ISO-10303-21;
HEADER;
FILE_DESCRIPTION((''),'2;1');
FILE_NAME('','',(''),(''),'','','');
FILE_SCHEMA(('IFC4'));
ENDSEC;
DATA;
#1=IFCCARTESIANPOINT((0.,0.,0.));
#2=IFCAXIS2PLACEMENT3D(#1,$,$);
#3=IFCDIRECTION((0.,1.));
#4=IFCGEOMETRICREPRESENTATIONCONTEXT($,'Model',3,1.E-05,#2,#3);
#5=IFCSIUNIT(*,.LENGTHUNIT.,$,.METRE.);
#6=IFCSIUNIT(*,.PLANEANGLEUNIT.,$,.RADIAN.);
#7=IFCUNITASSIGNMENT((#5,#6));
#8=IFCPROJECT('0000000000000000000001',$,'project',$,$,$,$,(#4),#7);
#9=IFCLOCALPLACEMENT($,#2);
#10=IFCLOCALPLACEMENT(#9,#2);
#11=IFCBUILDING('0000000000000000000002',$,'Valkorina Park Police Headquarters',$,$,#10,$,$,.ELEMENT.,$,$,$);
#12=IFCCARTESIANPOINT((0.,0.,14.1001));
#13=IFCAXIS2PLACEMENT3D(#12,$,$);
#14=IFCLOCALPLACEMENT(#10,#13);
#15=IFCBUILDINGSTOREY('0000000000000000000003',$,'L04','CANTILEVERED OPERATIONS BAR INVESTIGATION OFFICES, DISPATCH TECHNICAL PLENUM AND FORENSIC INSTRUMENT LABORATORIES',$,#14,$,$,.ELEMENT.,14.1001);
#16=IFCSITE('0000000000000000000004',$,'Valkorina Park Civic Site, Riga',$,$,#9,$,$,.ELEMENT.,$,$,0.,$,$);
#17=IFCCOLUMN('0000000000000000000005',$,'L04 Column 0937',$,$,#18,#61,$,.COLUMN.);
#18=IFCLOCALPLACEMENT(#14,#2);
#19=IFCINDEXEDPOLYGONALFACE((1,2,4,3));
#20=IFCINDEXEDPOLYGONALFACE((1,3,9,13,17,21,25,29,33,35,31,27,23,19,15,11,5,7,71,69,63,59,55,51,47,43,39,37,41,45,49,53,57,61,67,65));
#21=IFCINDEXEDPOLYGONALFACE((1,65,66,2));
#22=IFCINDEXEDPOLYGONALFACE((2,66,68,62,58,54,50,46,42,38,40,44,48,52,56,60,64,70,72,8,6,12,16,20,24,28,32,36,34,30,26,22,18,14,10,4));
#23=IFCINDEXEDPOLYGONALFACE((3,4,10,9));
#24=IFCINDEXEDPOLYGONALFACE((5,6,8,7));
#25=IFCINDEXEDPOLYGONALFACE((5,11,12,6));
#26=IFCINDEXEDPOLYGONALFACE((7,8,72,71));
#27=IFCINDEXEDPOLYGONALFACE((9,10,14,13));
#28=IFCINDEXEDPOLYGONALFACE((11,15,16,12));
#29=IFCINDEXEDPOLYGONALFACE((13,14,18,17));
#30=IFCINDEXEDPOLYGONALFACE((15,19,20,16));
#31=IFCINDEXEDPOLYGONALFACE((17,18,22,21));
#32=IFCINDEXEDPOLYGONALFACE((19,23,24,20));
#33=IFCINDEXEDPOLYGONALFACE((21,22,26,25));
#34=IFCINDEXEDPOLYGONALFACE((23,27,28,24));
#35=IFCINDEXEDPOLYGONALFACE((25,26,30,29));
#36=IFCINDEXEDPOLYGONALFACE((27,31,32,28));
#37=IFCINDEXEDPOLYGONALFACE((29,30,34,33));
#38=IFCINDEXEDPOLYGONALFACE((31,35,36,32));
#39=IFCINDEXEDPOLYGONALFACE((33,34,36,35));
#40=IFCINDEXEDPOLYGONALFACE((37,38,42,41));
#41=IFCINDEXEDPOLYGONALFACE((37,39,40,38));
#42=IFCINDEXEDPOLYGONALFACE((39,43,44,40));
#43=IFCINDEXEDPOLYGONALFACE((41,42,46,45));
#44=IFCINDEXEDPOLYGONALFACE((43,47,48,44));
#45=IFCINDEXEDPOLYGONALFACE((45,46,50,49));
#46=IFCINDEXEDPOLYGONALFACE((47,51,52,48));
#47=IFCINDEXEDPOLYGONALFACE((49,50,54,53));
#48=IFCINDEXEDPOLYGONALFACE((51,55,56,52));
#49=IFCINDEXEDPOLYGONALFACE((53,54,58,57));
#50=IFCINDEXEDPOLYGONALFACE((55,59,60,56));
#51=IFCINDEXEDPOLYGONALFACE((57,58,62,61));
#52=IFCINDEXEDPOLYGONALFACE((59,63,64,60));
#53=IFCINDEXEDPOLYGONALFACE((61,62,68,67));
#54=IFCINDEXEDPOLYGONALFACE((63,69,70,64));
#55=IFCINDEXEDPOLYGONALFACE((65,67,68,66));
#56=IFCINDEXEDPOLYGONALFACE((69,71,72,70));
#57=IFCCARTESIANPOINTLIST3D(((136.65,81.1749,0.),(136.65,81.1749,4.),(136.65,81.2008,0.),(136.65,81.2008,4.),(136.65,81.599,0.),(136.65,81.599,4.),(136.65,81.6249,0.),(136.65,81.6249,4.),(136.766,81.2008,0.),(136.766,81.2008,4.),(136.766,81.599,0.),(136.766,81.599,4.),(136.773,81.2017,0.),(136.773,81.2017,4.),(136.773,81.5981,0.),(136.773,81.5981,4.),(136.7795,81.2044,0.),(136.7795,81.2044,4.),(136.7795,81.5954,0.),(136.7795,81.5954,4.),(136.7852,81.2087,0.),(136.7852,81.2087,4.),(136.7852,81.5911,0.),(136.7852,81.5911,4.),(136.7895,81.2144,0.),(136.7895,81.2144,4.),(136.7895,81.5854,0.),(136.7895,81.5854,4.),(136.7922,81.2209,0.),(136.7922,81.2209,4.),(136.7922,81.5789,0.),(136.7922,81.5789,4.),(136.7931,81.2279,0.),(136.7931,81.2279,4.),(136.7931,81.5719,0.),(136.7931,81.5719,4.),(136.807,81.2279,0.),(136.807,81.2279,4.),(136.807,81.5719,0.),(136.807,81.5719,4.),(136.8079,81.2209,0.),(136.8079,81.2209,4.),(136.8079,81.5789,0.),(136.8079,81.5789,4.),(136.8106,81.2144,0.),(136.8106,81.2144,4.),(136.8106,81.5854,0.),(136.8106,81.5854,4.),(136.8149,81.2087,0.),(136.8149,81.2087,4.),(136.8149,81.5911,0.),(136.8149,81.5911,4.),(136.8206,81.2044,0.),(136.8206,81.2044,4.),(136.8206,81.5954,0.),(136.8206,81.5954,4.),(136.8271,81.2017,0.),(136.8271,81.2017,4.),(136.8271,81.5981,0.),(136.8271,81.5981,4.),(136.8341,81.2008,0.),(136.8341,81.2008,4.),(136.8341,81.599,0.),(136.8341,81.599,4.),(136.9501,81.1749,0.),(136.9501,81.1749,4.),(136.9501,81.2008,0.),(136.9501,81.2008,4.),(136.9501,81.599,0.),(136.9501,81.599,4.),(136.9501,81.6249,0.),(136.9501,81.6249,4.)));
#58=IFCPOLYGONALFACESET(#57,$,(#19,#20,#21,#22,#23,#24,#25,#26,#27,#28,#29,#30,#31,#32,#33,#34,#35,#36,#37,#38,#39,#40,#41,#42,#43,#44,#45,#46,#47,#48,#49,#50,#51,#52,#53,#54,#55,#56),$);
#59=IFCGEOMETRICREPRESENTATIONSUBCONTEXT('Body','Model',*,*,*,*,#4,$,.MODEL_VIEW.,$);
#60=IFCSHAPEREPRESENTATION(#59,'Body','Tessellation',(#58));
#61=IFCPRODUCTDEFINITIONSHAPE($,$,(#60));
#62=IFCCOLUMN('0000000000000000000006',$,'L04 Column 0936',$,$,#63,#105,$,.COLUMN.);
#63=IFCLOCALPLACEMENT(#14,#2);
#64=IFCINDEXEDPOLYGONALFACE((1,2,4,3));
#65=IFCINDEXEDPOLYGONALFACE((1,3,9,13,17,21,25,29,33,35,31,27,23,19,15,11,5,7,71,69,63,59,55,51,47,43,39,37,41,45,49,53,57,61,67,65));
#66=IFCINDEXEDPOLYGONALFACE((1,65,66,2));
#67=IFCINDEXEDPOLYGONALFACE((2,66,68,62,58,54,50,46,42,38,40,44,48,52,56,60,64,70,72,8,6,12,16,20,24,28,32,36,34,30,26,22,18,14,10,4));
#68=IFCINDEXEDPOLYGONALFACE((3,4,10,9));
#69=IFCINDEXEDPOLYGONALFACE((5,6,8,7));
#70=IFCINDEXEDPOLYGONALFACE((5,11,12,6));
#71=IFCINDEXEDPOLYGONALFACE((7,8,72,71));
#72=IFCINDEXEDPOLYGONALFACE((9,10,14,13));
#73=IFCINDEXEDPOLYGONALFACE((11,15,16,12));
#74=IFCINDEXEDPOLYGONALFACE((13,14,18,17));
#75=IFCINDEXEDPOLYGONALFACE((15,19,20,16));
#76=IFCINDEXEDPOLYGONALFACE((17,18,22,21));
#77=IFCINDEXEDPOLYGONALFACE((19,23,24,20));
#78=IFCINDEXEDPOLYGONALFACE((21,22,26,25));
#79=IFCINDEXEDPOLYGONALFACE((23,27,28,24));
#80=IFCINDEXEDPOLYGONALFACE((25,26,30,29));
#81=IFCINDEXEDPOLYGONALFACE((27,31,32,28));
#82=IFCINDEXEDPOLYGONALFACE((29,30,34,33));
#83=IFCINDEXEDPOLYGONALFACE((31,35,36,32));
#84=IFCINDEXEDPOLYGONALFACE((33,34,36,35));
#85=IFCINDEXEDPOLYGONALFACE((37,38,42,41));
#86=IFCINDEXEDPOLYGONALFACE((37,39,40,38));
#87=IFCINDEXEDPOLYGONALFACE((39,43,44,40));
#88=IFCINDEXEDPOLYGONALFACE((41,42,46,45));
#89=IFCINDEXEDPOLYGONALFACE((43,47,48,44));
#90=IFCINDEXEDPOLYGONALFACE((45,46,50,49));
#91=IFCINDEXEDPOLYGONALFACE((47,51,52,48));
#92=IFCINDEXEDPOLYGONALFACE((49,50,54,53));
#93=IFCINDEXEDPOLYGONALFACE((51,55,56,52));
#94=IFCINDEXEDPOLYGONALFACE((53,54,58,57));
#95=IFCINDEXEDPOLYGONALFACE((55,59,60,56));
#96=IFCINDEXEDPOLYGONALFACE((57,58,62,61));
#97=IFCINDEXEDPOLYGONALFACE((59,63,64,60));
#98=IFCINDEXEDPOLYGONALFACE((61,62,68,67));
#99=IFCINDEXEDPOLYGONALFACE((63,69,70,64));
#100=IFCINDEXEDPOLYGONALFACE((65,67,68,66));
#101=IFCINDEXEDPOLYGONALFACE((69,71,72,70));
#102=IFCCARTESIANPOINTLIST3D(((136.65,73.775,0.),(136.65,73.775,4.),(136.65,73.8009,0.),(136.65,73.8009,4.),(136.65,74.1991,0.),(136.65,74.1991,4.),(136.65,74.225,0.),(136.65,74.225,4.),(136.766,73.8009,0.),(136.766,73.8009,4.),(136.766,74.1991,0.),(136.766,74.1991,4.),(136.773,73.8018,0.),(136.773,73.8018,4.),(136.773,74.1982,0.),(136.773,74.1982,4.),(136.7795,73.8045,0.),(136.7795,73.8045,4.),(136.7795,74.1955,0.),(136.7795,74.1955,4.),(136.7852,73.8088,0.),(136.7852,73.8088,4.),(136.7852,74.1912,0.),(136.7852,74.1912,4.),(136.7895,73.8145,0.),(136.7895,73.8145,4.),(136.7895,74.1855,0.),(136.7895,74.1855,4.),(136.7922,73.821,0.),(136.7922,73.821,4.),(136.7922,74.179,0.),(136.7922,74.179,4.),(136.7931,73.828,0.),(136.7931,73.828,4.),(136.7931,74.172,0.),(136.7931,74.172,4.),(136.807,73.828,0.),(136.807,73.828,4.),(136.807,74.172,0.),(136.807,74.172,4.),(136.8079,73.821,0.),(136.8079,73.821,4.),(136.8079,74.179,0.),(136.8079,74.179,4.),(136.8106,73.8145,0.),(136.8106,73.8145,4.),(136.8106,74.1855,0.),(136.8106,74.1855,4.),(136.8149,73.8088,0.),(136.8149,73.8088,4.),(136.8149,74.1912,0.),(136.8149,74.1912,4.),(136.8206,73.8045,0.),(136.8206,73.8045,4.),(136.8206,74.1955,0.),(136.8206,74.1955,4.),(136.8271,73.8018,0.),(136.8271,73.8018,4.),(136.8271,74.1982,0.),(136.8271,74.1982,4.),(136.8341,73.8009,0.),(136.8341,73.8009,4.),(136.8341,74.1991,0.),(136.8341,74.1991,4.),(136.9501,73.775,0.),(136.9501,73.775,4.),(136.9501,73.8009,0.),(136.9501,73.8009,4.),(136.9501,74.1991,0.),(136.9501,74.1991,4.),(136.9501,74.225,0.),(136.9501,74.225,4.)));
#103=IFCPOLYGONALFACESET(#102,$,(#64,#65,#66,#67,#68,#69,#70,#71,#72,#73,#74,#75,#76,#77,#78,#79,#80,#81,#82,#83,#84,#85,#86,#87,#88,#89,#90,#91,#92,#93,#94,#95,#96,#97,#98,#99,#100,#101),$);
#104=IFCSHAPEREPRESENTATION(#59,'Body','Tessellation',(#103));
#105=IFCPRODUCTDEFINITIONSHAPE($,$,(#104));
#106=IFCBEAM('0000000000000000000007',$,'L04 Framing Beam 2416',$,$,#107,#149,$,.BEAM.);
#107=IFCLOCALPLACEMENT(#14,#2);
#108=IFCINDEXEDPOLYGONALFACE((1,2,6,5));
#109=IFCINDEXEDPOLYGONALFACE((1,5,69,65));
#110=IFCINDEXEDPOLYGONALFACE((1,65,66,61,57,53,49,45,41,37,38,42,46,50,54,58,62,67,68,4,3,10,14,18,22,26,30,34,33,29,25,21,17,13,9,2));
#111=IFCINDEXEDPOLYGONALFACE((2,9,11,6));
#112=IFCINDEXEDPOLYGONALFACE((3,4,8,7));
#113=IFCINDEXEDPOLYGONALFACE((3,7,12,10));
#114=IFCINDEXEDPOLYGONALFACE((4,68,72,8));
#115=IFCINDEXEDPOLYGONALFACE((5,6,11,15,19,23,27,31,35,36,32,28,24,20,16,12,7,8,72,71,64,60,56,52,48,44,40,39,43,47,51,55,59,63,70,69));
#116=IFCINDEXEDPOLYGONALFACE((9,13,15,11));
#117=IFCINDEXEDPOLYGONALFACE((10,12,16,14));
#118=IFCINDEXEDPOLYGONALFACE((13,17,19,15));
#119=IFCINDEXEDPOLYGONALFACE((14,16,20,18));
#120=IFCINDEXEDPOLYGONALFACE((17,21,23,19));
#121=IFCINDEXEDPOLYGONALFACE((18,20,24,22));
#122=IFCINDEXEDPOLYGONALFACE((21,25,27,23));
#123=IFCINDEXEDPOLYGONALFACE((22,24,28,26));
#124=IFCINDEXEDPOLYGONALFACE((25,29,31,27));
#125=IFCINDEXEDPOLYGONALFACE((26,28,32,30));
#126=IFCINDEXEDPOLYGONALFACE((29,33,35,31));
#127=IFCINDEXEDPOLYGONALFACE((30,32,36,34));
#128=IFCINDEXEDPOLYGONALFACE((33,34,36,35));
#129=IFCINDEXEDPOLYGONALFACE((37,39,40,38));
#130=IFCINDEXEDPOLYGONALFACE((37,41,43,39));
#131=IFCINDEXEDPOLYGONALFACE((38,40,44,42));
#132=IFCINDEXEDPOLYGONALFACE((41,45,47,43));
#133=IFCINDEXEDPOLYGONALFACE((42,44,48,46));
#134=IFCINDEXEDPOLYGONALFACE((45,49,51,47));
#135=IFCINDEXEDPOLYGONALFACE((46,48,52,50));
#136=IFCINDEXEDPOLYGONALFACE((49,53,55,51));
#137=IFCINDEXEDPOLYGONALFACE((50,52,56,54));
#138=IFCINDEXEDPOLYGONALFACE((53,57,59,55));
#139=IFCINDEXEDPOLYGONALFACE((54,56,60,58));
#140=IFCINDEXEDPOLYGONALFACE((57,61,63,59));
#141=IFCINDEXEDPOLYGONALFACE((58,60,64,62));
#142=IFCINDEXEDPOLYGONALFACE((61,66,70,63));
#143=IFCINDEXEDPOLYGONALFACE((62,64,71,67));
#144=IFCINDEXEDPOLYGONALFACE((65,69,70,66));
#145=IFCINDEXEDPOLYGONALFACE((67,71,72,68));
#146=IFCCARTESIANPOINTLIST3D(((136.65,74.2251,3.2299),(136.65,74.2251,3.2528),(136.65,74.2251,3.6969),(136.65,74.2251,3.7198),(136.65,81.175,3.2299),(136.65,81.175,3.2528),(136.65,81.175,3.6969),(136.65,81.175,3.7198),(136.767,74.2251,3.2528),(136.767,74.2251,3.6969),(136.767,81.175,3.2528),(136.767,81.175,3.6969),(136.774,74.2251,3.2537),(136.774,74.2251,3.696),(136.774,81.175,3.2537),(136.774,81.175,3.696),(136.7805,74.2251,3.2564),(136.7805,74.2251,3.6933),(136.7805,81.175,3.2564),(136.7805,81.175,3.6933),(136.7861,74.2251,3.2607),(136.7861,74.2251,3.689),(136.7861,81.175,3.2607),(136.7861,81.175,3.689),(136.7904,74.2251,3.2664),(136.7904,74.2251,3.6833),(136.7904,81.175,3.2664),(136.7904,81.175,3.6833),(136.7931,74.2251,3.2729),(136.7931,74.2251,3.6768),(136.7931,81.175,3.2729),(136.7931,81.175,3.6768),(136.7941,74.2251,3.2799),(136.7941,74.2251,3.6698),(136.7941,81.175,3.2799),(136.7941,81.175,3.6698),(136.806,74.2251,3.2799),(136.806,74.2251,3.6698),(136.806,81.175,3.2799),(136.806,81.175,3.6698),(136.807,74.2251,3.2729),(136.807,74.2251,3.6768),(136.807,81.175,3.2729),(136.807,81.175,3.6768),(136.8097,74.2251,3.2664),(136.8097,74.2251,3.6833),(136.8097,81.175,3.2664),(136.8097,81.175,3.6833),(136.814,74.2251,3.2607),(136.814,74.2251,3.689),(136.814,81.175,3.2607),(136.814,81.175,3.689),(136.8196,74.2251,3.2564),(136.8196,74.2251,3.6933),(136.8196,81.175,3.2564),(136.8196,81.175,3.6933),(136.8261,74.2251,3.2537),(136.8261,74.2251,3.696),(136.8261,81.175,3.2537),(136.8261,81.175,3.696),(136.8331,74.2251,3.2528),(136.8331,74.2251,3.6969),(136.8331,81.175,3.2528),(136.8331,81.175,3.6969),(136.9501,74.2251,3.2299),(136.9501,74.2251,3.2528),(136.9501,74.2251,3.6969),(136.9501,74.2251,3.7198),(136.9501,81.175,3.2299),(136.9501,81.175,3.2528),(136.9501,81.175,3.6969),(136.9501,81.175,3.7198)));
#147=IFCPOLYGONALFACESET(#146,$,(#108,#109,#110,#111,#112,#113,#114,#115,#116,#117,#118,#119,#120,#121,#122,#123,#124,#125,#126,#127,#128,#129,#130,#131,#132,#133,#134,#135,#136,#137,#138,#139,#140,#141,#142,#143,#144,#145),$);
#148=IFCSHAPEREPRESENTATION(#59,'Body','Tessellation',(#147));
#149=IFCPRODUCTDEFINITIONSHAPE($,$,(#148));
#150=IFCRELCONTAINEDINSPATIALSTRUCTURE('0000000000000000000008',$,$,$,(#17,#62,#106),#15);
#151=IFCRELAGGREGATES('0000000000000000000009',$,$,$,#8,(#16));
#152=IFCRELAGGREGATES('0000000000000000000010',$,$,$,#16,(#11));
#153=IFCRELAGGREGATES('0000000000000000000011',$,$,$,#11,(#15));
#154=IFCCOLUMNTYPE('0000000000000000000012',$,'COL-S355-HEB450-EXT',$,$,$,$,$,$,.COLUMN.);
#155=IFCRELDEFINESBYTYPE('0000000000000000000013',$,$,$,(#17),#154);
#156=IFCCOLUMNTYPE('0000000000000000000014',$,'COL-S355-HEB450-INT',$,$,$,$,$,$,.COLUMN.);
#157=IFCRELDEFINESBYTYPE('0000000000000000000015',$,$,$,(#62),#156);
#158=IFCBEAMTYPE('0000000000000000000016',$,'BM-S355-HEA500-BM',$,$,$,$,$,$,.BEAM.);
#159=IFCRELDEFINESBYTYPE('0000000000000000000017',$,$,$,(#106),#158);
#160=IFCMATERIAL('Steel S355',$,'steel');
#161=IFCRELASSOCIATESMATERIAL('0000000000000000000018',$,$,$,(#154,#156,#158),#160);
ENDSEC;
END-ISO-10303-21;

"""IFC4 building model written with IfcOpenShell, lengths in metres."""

from ifc_helpers import new_model, si_unit, direction, frame, origin, origin_2d, place, context, subcontext, project, spatial, i_section, extrude, material, material_profile, profile_set, type_object, element, save


model = new_model("IFC4")

# Units and contexts
model_context = context("Model", 3, precision=1e-05, world=origin(), true_north=direction((0.0, 1.0)))
body_context = subcontext(model_context, "Body", "Model", "MODEL_VIEW")
ifc_project = project(units=[si_unit("LENGTHUNIT", "METRE"), si_unit("PLANEANGLEUNIT", "RADIAN")], contexts=[model_context])

# Site, building, storey
site_placement = place(None, origin())
site = spatial("IfcSite", under=ifc_project, at=site_placement, Name="Valkorina Park Civic Site, Riga", CompositionType="ELEMENT", RefElevation=0.0)
building_placement = place(site_placement, origin())
building = spatial("IfcBuilding", under=site, at=building_placement, Name="Valkorina Park Police Headquarters", CompositionType="ELEMENT")
storey_placement = place(building_placement, frame((0.0, 0.0, 14.1001)))
storey = spatial("IfcBuildingStorey", under=building, at=storey_placement, Name="L04", Description="CANTILEVERED OPERATIONS BAR INVESTIGATION OFFICES, DISPATCH TECHNICAL PLENUM AND FORENSIC INSTRUMENT LABORATORIES", CompositionType="ELEMENT", Elevation=14.1001)

# Columns
ifc_material_1 = material(Name="Steel S355", Category="steel")
ifc_material_profile_1 = material_profile(ifc_material_1, i_section(OverallWidth=0.3, OverallDepth=0.45, WebThickness=0.0139, FlangeThickness=0.0259, FilletRadius=0.0271, at=origin_2d()), Name="HEB 450")
ifc_profile_set_1 = profile_set([ifc_material_profile_1], Name="Steel S355")
column_type_1 = type_object("IfcColumnType", Name="COL-S355-HEB450-EXT", PredefinedType="COLUMN", material=ifc_profile_set_1)
column_1_placement = place(storey_placement, frame((136.8, 81.3999, 0.0), z_axis=(0.0, 0.0, 1.0), x_axis=(1.0, 0.0, 0.0)))
element("IfcColumn", 1, at=column_1_placement, inside=storey, type_object=column_type_1, Name="L04 Column 0937", PredefinedType="COLUMN", context=body_context, shape_type="SweptSolid", body=[
    extrude(i_section(OverallWidth=0.3, OverallDepth=0.45, WebThickness=0.0139, FlangeThickness=0.0259, FilletRadius=0.0271, at=origin_2d()), origin(), (0.0, 0.0, 1.0), 4.0),
])
ifc_material_profile_2 = material_profile(ifc_material_1, i_section(OverallWidth=0.3, OverallDepth=0.45, WebThickness=0.0139, FlangeThickness=0.0259, FilletRadius=0.0271, at=origin_2d()), Name="HEB 450")
ifc_profile_set_2 = profile_set([ifc_material_profile_2], Name="Steel S355")
column_type_2 = type_object("IfcColumnType", Name="COL-S355-HEB450-INT", PredefinedType="COLUMN", material=ifc_profile_set_2)
column_2_placement = place(storey_placement, frame((136.8, 74.0, 0.0), z_axis=(0.0, 0.0, 1.0), x_axis=(1.0, 0.0, 0.0)))
element("IfcColumn", 2, at=column_2_placement, inside=storey, type_object=column_type_2, Name="L04 Column 0936", PredefinedType="COLUMN", context=body_context, shape_type="SweptSolid", body=[
    extrude(i_section(OverallWidth=0.3, OverallDepth=0.45, WebThickness=0.0139, FlangeThickness=0.0259, FilletRadius=0.0271, at=origin_2d()), origin(), (0.0, 0.0, 1.0), 4.0),
])

# Beam
ifc_material_profile_3 = material_profile(ifc_material_1, i_section(OverallWidth=0.3, OverallDepth=0.49, WebThickness=0.012, FlangeThickness=0.0229, FilletRadius=0.0271, at=origin_2d()), Name="HEA 500")
ifc_profile_set_3 = profile_set([ifc_material_profile_3], Name="Steel S355")
beam_type_1 = type_object("IfcBeamType", Name="BM-S355-HEA500-BM", PredefinedType="BEAM", material=ifc_profile_set_3)
beam_1_placement = place(storey_placement, frame((136.8, 74.2251, 3.4749), z_axis=(0.0, 1.0, 0.0), x_axis=(-1.0, 0.0, 0.0)))
element("IfcBeam", 3, at=beam_1_placement, inside=storey, type_object=beam_type_1, Name="L04 Framing Beam 2416", PredefinedType="BEAM", context=body_context, shape_type="SweptSolid", body=[
    extrude(i_section(OverallWidth=0.3, OverallDepth=0.49, WebThickness=0.012, FlangeThickness=0.0229, FilletRadius=0.0271, at=origin_2d()), origin(), (0.0, 0.0, 1.0), 6.95),
])

save(model, "model.ifc")
